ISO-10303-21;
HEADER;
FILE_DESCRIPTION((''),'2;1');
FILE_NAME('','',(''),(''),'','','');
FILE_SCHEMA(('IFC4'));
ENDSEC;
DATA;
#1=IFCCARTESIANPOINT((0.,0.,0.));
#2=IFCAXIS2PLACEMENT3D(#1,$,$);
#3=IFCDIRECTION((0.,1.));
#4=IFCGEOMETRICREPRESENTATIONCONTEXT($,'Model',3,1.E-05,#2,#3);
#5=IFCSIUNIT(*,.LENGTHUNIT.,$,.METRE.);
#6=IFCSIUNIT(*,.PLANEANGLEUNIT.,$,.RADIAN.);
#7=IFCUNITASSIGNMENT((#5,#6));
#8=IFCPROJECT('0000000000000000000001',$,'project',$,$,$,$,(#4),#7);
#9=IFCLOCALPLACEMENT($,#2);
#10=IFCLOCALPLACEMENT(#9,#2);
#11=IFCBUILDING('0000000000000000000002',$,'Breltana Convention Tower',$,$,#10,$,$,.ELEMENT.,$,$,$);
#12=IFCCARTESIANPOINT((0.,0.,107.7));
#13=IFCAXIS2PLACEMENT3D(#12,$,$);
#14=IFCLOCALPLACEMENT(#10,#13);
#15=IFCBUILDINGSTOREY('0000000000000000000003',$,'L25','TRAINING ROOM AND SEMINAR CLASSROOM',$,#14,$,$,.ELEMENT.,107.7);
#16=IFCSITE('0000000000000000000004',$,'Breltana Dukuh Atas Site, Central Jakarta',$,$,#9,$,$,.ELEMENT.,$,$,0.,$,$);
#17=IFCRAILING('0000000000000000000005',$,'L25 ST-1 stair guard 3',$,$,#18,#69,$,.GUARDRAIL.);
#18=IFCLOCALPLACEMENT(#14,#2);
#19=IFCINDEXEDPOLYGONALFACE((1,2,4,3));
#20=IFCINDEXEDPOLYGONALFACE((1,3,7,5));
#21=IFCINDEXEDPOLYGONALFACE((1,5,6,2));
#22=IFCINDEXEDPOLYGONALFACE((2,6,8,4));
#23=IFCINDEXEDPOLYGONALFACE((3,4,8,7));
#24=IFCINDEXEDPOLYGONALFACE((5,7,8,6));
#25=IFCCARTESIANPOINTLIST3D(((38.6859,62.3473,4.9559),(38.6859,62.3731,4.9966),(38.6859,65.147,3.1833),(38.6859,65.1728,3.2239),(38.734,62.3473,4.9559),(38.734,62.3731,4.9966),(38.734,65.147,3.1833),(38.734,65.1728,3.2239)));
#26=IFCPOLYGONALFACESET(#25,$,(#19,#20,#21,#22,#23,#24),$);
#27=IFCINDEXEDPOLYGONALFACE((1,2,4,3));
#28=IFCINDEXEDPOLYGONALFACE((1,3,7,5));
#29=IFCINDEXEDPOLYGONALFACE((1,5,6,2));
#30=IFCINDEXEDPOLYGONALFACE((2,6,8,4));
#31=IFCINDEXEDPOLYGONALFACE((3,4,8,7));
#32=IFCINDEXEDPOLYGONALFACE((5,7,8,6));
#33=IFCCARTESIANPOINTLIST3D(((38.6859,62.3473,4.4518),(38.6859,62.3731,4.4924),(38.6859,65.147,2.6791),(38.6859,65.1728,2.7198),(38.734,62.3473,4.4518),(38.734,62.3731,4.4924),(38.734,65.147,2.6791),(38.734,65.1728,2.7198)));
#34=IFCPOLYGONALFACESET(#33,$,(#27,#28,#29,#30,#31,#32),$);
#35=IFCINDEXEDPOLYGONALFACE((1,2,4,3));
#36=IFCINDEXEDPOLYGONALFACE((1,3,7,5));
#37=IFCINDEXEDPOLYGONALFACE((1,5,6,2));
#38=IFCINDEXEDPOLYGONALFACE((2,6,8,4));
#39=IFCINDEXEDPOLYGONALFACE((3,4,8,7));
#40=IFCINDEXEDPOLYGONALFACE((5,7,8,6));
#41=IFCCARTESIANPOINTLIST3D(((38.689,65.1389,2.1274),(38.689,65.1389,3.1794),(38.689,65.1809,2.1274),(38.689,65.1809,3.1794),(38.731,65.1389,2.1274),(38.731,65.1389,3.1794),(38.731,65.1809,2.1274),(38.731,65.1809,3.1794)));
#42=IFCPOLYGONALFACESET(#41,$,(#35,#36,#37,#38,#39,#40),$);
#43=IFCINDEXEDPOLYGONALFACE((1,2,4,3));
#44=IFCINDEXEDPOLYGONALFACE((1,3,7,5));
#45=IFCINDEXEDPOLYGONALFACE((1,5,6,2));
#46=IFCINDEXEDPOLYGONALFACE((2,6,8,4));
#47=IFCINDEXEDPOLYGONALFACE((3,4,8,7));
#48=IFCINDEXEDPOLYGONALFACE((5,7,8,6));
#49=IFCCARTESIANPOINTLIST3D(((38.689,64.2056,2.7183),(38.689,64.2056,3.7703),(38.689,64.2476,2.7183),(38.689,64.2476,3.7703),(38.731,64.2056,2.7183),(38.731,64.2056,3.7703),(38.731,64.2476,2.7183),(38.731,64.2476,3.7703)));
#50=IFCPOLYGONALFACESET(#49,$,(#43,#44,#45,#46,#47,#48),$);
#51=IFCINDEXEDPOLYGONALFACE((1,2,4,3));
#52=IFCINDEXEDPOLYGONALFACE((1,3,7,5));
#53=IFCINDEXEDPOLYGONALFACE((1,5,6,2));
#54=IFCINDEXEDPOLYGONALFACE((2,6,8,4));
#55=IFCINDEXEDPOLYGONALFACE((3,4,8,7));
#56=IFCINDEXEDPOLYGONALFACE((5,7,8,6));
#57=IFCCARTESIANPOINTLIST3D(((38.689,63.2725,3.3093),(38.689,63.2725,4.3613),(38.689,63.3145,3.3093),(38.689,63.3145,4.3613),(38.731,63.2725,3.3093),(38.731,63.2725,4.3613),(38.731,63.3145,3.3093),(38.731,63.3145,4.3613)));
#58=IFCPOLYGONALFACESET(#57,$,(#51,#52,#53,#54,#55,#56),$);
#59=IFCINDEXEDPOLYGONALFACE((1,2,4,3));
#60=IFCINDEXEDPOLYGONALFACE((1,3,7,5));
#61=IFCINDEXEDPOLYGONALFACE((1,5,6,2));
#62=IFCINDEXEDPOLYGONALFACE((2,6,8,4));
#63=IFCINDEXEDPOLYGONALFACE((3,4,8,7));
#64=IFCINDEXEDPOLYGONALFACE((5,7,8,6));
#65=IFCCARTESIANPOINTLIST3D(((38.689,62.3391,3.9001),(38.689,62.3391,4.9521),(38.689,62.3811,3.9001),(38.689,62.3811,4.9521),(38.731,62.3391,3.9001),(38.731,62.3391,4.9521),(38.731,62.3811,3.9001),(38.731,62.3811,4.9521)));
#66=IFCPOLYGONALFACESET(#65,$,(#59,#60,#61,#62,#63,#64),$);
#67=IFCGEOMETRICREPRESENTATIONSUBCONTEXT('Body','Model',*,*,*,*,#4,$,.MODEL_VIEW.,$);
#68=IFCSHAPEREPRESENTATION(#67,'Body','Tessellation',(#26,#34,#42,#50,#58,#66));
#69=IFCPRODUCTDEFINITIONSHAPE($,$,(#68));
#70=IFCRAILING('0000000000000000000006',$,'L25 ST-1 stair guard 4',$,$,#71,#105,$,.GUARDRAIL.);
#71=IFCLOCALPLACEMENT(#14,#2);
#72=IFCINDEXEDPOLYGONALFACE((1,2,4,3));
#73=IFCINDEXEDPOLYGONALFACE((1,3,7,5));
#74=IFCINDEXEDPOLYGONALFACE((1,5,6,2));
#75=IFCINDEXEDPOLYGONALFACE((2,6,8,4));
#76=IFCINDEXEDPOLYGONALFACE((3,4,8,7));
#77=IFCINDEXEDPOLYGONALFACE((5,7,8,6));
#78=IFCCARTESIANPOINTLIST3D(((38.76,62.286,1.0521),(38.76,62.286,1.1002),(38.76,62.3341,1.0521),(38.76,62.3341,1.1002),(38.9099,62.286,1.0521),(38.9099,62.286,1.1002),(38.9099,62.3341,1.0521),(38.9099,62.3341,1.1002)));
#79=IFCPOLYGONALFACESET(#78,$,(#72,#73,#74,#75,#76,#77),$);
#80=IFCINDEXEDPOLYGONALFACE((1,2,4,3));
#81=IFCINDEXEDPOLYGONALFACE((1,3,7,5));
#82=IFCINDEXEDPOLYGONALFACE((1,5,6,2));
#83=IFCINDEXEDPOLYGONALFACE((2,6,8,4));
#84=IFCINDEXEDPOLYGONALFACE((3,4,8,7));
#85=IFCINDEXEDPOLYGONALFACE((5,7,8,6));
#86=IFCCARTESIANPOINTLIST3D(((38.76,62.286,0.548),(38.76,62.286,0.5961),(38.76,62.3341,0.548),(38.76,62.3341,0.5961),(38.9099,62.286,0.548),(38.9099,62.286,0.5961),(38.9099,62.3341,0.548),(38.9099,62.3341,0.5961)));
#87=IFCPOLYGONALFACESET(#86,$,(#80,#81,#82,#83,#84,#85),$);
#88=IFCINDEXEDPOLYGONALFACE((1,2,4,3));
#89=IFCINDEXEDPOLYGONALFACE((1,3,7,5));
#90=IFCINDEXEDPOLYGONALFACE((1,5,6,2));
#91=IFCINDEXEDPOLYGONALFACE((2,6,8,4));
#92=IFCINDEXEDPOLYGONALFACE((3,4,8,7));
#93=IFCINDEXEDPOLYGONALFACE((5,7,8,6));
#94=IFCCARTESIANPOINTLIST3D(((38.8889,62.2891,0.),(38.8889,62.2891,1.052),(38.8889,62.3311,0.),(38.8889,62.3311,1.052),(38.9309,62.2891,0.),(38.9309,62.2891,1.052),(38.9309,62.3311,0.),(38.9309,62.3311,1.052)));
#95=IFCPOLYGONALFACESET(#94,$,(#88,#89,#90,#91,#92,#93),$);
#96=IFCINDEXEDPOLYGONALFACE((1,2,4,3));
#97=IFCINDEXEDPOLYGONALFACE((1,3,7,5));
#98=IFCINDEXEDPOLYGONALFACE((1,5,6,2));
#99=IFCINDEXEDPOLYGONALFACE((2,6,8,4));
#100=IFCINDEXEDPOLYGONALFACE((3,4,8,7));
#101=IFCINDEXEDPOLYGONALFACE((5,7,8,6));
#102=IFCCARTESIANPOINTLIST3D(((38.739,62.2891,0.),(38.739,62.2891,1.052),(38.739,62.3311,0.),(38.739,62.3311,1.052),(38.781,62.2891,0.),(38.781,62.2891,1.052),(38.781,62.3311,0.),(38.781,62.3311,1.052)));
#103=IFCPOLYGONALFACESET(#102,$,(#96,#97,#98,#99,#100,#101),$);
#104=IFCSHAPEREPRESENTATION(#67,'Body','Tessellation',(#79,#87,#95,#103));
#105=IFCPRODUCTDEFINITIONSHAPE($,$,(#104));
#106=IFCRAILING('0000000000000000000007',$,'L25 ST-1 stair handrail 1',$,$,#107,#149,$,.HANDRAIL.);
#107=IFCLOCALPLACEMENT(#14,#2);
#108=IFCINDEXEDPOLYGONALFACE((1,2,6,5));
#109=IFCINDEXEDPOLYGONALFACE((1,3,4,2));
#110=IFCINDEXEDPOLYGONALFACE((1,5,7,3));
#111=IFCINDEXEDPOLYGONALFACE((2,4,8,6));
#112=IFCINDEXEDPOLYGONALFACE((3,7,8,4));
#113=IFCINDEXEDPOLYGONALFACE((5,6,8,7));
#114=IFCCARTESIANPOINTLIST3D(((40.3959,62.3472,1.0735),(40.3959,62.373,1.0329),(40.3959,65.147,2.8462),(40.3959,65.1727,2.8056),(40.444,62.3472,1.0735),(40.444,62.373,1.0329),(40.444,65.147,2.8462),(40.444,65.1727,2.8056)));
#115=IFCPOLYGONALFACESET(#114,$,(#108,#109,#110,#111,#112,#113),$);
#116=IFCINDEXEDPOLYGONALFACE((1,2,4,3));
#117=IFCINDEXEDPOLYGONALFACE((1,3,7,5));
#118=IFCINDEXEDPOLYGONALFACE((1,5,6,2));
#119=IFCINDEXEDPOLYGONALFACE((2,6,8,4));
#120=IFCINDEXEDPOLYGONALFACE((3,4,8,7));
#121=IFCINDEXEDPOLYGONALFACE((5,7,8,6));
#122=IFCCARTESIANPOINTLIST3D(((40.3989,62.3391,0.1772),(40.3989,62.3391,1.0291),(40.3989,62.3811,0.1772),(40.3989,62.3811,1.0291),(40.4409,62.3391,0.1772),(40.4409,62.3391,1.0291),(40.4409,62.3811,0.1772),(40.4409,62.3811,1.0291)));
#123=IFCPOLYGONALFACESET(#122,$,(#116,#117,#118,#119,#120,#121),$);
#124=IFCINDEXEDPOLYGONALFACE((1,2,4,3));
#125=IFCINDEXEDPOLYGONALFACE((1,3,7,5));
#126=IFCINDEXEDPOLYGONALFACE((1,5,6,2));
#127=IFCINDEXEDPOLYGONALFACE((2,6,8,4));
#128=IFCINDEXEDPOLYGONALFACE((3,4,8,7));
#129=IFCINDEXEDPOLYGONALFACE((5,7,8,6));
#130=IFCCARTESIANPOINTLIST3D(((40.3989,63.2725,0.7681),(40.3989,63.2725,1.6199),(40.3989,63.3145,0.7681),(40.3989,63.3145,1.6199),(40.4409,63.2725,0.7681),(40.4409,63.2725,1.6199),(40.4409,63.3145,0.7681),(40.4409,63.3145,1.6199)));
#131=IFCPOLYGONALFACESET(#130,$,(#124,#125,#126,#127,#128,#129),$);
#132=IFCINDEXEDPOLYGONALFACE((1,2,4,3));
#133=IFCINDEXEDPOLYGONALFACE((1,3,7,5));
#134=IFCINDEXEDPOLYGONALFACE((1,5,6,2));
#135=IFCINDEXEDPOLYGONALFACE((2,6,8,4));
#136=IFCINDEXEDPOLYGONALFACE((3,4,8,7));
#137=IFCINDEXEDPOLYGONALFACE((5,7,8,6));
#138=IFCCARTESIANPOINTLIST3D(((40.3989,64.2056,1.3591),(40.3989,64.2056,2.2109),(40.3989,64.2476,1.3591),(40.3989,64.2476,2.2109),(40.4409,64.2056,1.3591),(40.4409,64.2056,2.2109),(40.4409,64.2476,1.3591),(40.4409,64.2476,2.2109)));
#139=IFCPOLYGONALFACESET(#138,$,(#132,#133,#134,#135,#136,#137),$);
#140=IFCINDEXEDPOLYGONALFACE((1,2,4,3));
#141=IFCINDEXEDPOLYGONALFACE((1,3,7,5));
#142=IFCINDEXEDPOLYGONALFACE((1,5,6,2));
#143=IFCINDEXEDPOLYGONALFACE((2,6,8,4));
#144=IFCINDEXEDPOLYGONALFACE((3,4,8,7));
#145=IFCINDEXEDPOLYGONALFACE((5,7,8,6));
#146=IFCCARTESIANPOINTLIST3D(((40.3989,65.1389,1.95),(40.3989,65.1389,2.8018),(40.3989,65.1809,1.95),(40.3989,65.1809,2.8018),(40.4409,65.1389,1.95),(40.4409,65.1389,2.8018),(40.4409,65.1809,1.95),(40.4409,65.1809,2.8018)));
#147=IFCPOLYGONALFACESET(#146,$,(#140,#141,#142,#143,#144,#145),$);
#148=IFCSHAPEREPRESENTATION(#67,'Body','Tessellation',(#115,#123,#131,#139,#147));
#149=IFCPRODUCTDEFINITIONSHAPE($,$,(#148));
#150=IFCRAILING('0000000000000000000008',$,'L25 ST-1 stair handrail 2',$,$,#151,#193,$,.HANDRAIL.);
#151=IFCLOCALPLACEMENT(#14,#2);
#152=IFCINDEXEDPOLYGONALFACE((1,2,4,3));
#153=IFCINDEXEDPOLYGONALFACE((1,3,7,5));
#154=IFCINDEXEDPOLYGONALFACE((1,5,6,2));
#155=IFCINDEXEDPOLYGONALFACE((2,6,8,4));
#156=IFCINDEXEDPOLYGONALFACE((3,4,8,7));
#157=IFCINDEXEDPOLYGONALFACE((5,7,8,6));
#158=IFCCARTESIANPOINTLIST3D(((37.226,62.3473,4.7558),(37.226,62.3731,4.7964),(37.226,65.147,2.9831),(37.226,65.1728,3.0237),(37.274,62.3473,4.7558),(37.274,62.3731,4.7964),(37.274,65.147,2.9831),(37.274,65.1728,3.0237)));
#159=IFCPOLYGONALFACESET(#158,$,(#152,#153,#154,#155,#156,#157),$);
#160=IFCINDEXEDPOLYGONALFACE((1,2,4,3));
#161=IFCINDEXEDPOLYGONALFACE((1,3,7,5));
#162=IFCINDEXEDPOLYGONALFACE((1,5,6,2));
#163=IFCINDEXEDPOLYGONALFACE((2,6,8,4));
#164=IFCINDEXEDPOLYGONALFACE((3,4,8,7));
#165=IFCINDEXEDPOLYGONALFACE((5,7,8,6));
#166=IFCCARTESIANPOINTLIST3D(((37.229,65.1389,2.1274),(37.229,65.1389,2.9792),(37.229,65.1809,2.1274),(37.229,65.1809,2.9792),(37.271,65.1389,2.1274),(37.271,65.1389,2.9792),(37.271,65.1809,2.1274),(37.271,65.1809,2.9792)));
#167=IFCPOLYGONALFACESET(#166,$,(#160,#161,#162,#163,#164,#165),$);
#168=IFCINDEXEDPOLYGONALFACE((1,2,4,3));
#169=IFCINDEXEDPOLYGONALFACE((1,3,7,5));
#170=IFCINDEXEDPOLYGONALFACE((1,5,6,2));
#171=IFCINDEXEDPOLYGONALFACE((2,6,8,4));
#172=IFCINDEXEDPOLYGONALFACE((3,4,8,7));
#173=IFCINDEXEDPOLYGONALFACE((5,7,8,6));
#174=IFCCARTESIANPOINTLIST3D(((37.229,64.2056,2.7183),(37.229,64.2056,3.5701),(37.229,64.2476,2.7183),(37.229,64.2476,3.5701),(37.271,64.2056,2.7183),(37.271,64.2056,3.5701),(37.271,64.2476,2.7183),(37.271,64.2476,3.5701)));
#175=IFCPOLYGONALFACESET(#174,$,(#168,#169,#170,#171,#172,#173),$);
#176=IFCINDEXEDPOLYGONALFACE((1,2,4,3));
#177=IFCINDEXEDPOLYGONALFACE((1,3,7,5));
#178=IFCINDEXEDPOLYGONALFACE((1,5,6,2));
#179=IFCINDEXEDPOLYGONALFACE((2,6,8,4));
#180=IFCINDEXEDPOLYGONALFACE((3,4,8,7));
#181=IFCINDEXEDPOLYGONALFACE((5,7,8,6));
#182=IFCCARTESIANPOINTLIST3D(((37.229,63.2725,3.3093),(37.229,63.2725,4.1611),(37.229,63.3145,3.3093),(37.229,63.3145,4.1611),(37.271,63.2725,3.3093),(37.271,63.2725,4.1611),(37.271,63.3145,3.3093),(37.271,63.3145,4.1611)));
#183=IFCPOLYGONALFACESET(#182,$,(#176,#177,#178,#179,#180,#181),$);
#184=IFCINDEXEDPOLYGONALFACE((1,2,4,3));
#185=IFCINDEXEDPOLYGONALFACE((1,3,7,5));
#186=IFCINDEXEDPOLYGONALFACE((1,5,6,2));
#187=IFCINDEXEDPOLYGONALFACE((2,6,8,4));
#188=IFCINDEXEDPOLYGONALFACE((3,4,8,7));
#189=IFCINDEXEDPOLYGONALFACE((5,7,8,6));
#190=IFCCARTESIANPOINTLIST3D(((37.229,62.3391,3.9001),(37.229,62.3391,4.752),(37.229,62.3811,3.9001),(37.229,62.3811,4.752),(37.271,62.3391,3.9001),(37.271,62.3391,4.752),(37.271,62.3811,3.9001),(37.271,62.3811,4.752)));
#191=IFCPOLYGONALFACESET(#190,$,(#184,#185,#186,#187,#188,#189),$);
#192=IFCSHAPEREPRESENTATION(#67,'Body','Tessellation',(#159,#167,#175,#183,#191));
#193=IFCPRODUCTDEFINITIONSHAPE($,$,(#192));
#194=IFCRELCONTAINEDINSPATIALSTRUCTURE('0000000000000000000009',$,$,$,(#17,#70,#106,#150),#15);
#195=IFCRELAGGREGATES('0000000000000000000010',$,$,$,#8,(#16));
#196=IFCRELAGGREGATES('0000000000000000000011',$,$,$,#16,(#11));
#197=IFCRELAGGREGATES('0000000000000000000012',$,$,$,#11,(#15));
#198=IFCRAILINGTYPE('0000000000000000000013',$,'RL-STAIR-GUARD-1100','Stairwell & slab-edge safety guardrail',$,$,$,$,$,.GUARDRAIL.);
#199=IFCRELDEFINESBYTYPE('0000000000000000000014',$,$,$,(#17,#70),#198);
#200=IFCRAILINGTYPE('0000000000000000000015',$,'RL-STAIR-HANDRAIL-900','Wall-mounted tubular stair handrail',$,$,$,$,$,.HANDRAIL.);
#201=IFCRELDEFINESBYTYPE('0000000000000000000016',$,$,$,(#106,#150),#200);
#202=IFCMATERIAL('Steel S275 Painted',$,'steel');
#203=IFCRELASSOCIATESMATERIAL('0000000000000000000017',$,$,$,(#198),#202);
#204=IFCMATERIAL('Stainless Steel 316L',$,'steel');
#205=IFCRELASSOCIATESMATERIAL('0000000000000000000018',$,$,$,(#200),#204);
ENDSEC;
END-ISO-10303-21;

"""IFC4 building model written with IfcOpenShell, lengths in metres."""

from ifc_helpers import new_model, si_unit, direction, frame, origin, origin_2d, place, context, subcontext, project, spatial, rectangle, extrude, material, type_object, element, save


model = new_model("IFC4")

# Units and contexts
model_context = context("Model", 3, precision=1e-05, world=origin(), true_north=direction((0.0, 1.0)))
body_context = subcontext(model_context, "Body", "Model", "MODEL_VIEW")
ifc_project = project(units=[si_unit("LENGTHUNIT", "METRE"), si_unit("PLANEANGLEUNIT", "RADIAN")], contexts=[model_context])

# Site, building, storey
site_placement = place(None, origin())
site = spatial("IfcSite", under=ifc_project, at=site_placement, Name="Breltana Dukuh Atas Site, Central Jakarta", CompositionType="ELEMENT", RefElevation=0.0)
building_placement = place(site_placement, origin())
building = spatial("IfcBuilding", under=site, at=building_placement, Name="Breltana Convention Tower", CompositionType="ELEMENT")
storey_placement = place(building_placement, frame((0.0, 0.0, 107.7)))
storey = spatial("IfcBuildingStorey", under=building, at=storey_placement, Name="L25", Description="TRAINING ROOM AND SEMINAR CLASSROOM", CompositionType="ELEMENT", Elevation=107.7)

# Railings
ifc_material_1 = material(Name="Steel S275 Painted", Category="steel")
railing_type_1 = type_object("IfcRailingType", Name="RL-STAIR-GUARD-1100", Description="Stairwell & slab-edge safety guardrail", PredefinedType="GUARDRAIL", material=ifc_material_1)
railing_1_placement = place(storey_placement, frame((38.71, 65.1599, 2.1274)))
element("IfcRailing", 1, at=railing_1_placement, inside=storey, type_object=railing_type_1, Name="L25 ST-1 stair guard 3", PredefinedType="GUARDRAIL", context=body_context, shape_type="SweptSolid", body=[
    extrude(rectangle(XDim=0.0481, YDim=0.0481, at=origin_2d()), frame((0.0, 0.0, 1.0762), z_axis=(0.0, -0.844888, 0.534943), x_axis=(1.0, 0.0, 0.0)), (0.0, 0.0, 1.0), 3.3137),
    extrude(rectangle(XDim=0.0481, YDim=0.0481, at=origin_2d()), frame((0.0, 0.0, 0.572), z_axis=(0.0, -0.844888, 0.534943), x_axis=(1.0, 0.0, 0.0)), (0.0, 0.0, 1.0), 3.3137),
    extrude(rectangle(XDim=0.042, YDim=0.042, at=origin_2d()), origin(), (0.0, 0.0, 1.0), 1.052),
    extrude(rectangle(XDim=0.042, YDim=0.042, at=origin_2d()), frame((0.0, -0.9333, 0.5908)), (0.0, 0.0, 1.0), 1.052),
    extrude(rectangle(XDim=0.042, YDim=0.042, at=origin_2d()), frame((0.0, -1.8665, 1.1819)), (0.0, 0.0, 1.0), 1.052),
    extrude(rectangle(XDim=0.042, YDim=0.042, at=origin_2d()), frame((0.0, -2.7998, 1.7727)), (0.0, 0.0, 1.0), 1.052),
])
railing_2_placement = place(storey_placement, frame((38.9099, 62.3101, 0.0)))
element("IfcRailing", 2, at=railing_2_placement, inside=storey, type_object=railing_type_1, Name="L25 ST-1 stair guard 4", PredefinedType="GUARDRAIL", context=body_context, shape_type="SweptSolid", body=[
    extrude(rectangle(XDim=0.0481, YDim=0.0481, at=origin_2d()), frame((0.0, 0.0, 1.0762), z_axis=(-1.0, 0.0, 0.0), x_axis=(0.0, -1.0, 0.0)), (0.0, 0.0, 1.0), 0.1499),
    extrude(rectangle(XDim=0.0481, YDim=0.0481, at=origin_2d()), frame((0.0, 0.0, 0.572), z_axis=(-1.0, 0.0, 0.0), x_axis=(0.0, -1.0, 0.0)), (0.0, 0.0, 1.0), 0.1499),
    extrude(rectangle(XDim=0.042, YDim=0.042, at=origin_2d()), origin(), (0.0, 0.0, 1.0), 1.052),
    extrude(rectangle(XDim=0.042, YDim=0.042, at=origin_2d()), frame((-0.1499, 0.0, 0.0)), (0.0, 0.0, 1.0), 1.052),
])
ifc_material_2 = material(Name="Stainless Steel 316L", Category="steel")
railing_type_2 = type_object("IfcRailingType", Name="RL-STAIR-HANDRAIL-900", Description="Wall-mounted tubular stair handrail", PredefinedType="HANDRAIL", material=ifc_material_2)
railing_3_placement = place(storey_placement, frame((40.4199, 62.3601, 0.1772)))
element("IfcRailing", 3, at=railing_3_placement, inside=storey, type_object=railing_type_2, Name="L25 ST-1 stair handrail 1", PredefinedType="HANDRAIL", context=body_context, shape_type="SweptSolid", body=[
    extrude(rectangle(XDim=0.0481, YDim=0.0481, at=origin_2d()), frame((0.0, 0.0, 0.876), z_axis=(0.0, 0.844888, 0.534943), x_axis=(-1.0, 0.0, 0.0)), (0.0, 0.0, 1.0), 3.3137),
    extrude(rectangle(XDim=0.042, YDim=0.042, at=origin_2d()), origin(), (0.0, 0.0, 1.0), 0.8518),
    extrude(rectangle(XDim=0.042, YDim=0.042, at=origin_2d()), frame((0.0, 0.9333, 0.5908)), (0.0, 0.0, 1.0), 0.8518),
    extrude(rectangle(XDim=0.042, YDim=0.042, at=origin_2d()), frame((0.0, 1.8665, 1.1819)), (0.0, 0.0, 1.0), 0.8518),
    extrude(rectangle(XDim=0.042, YDim=0.042, at=origin_2d()), frame((0.0, 2.7998, 1.7727)), (0.0, 0.0, 1.0), 0.8518),
])
railing_4_placement = place(storey_placement, frame((37.25, 65.1599, 2.1274)))
element("IfcRailing", 4, at=railing_4_placement, inside=storey, type_object=railing_type_2, Name="L25 ST-1 stair handrail 2", PredefinedType="HANDRAIL", context=body_context, shape_type="SweptSolid", body=[
    extrude(rectangle(XDim=0.0481, YDim=0.0481, at=origin_2d()), frame((0.0, 0.0, 0.876), z_axis=(0.0, -0.844888, 0.534943), x_axis=(1.0, 0.0, 0.0)), (0.0, 0.0, 1.0), 3.3137),
    extrude(rectangle(XDim=0.042, YDim=0.042, at=origin_2d()), origin(), (0.0, 0.0, 1.0), 0.8518),
    extrude(rectangle(XDim=0.042, YDim=0.042, at=origin_2d()), frame((0.0, -0.9333, 0.5908)), (0.0, 0.0, 1.0), 0.8518),
    extrude(rectangle(XDim=0.042, YDim=0.042, at=origin_2d()), frame((0.0, -1.8665, 1.1819)), (0.0, 0.0, 1.0), 0.8518),
    extrude(rectangle(XDim=0.042, YDim=0.042, at=origin_2d()), frame((0.0, -2.7998, 1.7727)), (0.0, 0.0, 1.0), 0.8518),
])

save(model, "model.ifc")
